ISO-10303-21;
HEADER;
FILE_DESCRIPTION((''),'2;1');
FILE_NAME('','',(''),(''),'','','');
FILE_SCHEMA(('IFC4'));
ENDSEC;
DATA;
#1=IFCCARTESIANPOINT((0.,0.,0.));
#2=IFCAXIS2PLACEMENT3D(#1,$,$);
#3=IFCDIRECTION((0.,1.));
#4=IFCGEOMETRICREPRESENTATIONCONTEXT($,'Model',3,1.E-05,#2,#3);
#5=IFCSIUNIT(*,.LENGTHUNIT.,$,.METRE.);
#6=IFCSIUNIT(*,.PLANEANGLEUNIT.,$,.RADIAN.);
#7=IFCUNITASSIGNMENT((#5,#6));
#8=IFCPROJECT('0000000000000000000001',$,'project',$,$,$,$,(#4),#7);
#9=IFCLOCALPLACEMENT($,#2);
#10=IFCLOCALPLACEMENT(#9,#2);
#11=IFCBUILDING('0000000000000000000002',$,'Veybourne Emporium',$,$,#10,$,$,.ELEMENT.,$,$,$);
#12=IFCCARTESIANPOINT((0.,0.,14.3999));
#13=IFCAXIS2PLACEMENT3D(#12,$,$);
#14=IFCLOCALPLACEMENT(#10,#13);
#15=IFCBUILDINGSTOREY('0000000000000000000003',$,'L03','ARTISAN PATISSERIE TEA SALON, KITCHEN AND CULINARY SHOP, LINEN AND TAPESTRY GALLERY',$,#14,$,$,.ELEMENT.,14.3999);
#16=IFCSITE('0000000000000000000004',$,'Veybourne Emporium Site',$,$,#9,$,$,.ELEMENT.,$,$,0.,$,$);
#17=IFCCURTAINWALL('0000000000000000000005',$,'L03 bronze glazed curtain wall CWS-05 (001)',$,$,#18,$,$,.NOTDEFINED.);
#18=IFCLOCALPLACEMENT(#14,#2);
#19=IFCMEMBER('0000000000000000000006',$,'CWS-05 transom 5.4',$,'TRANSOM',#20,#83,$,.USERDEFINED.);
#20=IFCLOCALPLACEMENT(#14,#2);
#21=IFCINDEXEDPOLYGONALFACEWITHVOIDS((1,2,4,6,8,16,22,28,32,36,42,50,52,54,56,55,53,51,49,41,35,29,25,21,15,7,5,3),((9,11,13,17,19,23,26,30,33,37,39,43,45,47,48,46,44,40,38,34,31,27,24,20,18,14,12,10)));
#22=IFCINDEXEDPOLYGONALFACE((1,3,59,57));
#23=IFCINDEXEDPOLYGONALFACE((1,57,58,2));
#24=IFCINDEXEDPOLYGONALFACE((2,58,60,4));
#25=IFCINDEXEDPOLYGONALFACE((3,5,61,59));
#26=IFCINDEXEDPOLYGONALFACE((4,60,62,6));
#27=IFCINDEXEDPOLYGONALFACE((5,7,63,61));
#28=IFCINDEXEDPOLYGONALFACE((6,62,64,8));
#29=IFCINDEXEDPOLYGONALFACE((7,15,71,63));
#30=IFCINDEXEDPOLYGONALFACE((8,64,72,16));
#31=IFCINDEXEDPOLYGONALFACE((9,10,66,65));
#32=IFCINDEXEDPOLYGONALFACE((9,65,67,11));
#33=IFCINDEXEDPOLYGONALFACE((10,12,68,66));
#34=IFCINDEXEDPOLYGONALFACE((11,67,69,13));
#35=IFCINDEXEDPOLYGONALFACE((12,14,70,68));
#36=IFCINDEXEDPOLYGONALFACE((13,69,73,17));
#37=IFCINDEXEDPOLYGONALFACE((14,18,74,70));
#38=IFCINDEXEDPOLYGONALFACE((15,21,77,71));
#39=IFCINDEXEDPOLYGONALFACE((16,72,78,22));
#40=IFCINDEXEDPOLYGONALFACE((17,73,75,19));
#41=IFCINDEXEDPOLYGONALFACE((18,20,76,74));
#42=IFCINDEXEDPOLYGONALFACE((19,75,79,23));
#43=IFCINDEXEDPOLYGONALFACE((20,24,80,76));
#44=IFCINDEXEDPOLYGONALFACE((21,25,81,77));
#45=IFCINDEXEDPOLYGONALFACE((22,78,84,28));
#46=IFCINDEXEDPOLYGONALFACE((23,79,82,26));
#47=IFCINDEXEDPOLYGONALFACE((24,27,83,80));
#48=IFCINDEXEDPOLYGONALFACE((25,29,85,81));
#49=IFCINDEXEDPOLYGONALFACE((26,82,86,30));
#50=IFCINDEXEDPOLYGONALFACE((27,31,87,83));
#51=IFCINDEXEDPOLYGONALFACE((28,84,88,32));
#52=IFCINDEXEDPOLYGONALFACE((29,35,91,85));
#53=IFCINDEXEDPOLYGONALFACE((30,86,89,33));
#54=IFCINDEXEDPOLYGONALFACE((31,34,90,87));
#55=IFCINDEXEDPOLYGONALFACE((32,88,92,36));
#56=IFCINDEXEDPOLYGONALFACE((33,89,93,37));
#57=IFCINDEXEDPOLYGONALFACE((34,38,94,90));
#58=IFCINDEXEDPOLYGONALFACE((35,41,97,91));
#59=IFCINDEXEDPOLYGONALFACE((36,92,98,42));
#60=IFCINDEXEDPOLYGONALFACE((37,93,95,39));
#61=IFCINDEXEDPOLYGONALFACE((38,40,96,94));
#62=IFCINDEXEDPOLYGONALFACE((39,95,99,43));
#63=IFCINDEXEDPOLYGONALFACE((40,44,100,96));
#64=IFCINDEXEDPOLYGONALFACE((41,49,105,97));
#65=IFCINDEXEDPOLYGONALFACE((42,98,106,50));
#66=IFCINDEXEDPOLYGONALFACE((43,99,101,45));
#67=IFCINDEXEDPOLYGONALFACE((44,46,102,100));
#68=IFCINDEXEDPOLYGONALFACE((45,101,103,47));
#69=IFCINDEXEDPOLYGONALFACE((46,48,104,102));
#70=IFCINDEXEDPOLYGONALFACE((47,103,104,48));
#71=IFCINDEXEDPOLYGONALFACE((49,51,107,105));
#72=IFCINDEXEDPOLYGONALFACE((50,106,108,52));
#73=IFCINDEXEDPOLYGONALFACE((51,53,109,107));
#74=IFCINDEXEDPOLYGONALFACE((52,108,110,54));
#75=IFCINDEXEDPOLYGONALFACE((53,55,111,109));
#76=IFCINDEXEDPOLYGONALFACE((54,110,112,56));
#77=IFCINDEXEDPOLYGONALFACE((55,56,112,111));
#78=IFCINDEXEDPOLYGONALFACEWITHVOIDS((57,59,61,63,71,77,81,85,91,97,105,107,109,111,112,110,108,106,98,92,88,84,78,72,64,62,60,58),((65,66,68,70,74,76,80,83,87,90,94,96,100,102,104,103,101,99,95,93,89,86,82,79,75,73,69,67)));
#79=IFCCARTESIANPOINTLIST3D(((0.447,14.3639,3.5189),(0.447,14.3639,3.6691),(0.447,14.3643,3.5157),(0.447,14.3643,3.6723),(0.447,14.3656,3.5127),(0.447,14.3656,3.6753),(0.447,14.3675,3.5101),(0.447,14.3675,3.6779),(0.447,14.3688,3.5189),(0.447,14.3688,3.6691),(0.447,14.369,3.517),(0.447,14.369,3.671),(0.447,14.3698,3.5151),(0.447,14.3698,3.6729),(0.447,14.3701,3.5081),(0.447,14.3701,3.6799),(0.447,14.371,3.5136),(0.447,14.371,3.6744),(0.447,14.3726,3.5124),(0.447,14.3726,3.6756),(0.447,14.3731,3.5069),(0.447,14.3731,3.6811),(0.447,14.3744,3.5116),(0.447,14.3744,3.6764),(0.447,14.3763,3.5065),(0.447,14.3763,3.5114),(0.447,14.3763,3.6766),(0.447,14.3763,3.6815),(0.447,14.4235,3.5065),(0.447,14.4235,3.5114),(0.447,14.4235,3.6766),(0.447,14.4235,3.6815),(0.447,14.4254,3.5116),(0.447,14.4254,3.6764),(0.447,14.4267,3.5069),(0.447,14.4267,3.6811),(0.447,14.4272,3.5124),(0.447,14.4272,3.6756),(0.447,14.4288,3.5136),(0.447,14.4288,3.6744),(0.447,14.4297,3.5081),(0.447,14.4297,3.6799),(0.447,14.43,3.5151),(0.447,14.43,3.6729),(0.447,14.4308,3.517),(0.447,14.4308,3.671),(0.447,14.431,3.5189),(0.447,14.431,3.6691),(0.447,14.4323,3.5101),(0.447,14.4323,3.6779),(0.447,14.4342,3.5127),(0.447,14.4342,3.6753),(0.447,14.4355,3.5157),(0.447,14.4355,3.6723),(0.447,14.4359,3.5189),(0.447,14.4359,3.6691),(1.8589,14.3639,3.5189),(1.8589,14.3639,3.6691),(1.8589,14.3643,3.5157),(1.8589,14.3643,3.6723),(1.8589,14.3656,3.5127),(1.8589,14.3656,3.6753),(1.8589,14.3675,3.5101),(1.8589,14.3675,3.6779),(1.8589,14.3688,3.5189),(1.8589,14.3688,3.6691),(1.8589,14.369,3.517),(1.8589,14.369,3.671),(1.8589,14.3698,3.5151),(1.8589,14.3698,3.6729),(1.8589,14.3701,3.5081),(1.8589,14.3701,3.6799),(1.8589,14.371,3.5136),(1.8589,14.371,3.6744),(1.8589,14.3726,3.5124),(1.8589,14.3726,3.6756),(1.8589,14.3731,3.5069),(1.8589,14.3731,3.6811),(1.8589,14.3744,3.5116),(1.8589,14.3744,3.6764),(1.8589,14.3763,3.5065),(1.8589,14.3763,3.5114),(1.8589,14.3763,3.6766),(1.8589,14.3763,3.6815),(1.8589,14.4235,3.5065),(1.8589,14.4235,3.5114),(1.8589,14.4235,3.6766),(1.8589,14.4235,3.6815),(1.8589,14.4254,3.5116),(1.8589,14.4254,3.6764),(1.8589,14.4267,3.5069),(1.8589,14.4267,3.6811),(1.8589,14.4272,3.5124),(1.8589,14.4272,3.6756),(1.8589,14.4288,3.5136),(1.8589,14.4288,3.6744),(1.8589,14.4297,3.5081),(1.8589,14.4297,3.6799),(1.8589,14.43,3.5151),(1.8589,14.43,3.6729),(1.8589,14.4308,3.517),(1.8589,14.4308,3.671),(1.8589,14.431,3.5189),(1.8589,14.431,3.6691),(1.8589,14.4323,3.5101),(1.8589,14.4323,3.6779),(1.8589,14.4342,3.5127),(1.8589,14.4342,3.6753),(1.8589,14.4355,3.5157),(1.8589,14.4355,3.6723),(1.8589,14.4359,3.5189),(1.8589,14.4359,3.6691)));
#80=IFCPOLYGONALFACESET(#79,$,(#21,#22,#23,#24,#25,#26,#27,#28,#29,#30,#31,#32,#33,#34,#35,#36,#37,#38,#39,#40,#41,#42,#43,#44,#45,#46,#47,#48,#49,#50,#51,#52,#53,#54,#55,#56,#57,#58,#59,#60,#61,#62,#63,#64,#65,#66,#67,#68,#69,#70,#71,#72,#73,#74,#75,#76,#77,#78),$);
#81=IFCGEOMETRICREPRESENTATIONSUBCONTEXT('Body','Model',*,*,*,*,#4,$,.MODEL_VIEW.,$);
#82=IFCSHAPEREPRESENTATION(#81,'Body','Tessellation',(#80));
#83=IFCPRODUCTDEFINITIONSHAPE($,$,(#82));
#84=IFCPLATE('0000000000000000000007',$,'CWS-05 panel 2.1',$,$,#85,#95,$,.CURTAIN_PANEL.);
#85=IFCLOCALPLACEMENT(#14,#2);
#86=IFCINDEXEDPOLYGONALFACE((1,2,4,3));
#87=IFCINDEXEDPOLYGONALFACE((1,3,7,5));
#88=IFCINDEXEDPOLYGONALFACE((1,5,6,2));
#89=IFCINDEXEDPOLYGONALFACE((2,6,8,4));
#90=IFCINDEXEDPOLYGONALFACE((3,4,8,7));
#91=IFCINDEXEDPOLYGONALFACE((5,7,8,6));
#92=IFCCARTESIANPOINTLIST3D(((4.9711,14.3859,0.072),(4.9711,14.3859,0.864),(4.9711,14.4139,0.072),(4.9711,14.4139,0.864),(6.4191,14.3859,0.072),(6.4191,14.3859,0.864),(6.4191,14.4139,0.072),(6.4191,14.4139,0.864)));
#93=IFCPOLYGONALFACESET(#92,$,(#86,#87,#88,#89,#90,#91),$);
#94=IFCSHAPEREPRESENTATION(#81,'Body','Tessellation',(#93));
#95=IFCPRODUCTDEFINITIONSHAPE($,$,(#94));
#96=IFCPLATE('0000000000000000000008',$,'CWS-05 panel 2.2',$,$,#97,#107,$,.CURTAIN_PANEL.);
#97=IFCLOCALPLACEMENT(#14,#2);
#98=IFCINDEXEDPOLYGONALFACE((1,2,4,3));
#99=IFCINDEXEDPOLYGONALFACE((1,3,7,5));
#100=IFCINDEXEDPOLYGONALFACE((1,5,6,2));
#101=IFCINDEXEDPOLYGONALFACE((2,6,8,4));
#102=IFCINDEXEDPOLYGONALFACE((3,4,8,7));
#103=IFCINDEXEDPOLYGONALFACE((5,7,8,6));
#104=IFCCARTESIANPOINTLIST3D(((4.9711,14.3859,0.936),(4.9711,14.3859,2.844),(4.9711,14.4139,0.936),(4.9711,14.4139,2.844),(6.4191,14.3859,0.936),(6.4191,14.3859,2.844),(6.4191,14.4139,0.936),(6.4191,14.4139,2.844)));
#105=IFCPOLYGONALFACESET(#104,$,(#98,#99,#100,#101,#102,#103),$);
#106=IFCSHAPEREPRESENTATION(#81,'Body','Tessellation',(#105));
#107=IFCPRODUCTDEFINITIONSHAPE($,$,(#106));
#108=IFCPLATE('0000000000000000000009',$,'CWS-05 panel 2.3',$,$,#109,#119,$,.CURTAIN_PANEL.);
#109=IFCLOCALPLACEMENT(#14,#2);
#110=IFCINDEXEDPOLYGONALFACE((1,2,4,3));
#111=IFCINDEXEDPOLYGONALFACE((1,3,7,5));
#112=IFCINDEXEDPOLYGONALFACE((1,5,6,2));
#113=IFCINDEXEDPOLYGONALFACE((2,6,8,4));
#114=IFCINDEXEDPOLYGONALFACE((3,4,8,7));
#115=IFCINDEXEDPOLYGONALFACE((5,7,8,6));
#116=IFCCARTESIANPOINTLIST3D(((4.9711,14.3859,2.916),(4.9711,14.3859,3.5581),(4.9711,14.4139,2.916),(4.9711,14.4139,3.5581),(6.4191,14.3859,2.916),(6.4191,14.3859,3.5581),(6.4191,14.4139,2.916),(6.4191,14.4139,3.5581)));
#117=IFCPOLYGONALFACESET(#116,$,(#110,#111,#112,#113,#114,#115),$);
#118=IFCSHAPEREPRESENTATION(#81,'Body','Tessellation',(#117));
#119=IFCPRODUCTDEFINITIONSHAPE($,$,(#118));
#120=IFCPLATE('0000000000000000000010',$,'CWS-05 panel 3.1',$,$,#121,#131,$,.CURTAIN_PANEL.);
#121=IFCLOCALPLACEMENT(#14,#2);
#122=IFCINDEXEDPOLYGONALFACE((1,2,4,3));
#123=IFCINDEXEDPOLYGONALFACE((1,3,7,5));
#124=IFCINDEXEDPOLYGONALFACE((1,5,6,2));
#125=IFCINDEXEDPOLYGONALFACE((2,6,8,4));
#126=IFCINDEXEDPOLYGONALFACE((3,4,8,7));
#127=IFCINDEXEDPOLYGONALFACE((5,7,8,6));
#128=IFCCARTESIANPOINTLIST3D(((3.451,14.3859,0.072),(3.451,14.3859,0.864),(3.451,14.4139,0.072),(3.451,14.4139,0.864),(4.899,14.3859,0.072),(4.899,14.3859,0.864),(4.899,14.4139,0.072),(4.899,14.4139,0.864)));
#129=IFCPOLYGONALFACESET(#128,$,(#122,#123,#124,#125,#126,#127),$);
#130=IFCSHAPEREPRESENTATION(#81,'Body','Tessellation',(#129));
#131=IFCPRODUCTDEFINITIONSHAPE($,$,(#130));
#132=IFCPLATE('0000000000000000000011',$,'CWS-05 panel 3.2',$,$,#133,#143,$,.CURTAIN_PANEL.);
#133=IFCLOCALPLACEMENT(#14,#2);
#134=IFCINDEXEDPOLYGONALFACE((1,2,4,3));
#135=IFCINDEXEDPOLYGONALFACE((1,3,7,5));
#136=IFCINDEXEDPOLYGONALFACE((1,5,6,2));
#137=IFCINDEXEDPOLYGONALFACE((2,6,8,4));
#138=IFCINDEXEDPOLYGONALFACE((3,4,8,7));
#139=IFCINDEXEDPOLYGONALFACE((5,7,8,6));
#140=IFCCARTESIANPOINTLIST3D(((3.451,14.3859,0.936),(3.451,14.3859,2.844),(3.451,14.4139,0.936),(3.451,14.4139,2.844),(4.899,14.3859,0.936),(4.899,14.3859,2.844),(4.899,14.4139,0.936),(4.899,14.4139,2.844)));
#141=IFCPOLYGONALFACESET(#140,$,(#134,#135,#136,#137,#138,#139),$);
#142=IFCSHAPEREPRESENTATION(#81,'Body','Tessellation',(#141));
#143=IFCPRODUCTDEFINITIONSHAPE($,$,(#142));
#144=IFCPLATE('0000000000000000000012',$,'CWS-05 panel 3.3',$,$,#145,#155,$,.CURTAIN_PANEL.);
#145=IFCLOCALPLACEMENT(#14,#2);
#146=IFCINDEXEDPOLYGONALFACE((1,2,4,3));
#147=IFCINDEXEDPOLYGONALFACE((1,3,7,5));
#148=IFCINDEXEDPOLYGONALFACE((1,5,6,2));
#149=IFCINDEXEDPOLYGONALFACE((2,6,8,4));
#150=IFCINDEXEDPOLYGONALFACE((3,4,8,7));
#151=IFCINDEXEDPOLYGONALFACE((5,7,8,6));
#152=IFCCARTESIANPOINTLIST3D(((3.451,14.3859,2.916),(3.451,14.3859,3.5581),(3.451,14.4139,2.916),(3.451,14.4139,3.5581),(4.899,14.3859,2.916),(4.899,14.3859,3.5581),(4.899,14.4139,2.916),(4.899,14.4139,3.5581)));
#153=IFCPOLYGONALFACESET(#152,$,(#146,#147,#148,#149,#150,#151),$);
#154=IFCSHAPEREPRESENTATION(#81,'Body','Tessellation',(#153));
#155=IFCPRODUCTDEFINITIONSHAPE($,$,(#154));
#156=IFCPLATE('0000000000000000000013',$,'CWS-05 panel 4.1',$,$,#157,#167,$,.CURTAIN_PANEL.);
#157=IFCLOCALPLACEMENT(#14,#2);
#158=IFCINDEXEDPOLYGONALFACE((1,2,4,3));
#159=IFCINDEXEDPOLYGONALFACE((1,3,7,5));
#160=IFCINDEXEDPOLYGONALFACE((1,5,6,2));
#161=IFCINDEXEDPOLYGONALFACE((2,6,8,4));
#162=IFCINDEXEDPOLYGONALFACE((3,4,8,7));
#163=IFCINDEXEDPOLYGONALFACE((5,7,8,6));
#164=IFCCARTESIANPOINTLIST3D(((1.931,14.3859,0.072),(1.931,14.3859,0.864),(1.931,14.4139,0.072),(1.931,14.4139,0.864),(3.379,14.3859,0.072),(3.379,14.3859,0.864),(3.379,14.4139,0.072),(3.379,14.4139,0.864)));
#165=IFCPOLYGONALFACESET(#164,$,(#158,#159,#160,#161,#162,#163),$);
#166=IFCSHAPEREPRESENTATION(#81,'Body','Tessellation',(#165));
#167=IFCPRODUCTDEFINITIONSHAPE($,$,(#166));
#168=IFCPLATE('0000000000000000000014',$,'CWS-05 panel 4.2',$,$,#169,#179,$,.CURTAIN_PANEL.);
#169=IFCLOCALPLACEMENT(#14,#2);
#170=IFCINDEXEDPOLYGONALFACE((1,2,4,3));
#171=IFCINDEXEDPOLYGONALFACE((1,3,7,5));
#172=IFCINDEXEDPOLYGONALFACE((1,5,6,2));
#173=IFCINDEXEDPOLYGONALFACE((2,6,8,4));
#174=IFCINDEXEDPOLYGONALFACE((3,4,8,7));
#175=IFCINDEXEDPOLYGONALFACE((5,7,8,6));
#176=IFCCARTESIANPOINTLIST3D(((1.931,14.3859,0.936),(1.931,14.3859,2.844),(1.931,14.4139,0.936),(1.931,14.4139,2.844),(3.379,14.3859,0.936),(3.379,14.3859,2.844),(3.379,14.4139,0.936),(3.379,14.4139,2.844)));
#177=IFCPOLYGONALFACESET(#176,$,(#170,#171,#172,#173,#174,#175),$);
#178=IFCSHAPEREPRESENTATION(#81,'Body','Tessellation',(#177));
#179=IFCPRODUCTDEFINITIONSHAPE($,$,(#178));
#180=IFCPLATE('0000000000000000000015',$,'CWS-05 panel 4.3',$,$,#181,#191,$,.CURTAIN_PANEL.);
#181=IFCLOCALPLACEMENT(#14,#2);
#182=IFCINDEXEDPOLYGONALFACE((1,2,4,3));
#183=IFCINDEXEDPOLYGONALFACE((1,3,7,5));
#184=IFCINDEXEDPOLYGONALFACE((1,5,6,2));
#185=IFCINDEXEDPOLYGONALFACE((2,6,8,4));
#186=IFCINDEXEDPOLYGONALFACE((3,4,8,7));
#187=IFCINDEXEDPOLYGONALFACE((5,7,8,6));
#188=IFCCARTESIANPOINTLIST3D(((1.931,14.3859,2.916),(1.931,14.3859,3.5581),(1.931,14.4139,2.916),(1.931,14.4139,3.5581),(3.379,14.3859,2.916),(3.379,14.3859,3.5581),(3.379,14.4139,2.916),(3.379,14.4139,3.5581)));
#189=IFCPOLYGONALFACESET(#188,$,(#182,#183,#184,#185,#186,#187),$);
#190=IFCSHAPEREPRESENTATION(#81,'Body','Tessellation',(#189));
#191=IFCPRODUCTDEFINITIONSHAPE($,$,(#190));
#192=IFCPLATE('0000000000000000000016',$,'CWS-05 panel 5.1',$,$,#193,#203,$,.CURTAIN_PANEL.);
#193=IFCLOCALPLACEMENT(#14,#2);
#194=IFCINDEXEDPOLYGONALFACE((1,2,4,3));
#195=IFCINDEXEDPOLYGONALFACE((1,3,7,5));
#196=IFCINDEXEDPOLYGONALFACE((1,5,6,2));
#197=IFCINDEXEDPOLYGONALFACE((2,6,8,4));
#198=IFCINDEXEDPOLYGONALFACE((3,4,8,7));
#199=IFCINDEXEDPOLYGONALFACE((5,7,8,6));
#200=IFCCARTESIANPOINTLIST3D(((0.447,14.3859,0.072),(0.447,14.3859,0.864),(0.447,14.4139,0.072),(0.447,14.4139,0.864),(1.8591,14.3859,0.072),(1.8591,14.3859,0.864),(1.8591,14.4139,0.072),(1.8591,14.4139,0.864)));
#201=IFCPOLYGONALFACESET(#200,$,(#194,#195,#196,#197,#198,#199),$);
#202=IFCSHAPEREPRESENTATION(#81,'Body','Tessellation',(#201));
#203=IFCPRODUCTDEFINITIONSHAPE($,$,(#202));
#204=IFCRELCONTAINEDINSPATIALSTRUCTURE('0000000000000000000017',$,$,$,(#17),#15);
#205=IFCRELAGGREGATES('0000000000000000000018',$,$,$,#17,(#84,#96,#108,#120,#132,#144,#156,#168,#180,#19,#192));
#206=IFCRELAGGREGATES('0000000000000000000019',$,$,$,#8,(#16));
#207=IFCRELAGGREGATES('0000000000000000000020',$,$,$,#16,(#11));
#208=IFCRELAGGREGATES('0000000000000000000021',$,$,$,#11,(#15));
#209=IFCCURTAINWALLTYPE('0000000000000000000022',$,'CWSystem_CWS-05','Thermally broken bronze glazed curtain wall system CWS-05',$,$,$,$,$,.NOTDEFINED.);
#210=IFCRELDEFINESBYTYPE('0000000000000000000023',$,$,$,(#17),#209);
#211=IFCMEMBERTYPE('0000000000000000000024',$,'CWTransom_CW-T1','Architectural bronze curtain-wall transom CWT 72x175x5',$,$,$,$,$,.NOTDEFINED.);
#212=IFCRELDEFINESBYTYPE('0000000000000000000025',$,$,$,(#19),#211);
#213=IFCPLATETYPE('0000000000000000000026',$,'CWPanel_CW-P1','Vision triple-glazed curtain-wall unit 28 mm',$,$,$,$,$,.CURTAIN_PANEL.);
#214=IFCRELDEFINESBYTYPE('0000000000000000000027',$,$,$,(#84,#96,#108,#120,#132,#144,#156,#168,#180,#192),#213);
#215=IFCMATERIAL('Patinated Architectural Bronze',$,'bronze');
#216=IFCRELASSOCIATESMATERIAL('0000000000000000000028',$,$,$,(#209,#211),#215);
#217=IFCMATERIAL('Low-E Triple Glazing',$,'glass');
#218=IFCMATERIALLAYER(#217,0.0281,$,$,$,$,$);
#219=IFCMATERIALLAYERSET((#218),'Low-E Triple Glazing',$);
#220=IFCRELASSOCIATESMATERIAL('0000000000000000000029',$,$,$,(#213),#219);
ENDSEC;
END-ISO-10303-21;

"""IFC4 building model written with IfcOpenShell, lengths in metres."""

from ifc_helpers import new_model, si_unit, direction, frame, origin, origin_2d, place, context, subcontext, project, spatial, rectangle, hollow_rectangle, extrude, material, layer, layer_set, material_profile, profile_set, type_object, element, aggregate, save


model = new_model("IFC4")

# Units and contexts
model_context = context("Model", 3, precision=1e-05, world=origin(), true_north=direction((0.0, 1.0)))
body_context = subcontext(model_context, "Body", "Model", "MODEL_VIEW")
ifc_project = project(units=[si_unit("LENGTHUNIT", "METRE"), si_unit("PLANEANGLEUNIT", "RADIAN")], contexts=[model_context])

# Site, building, storey
site_placement = place(None, origin())
site = spatial("IfcSite", under=ifc_project, at=site_placement, Name="Veybourne Emporium Site", CompositionType="ELEMENT", RefElevation=0.0)
building_placement = place(site_placement, origin())
building = spatial("IfcBuilding", under=site, at=building_placement, Name="Veybourne Emporium", CompositionType="ELEMENT")
storey_placement = place(building_placement, frame((0.0, 0.0, 14.3999)))
storey = spatial("IfcBuildingStorey", under=building, at=storey_placement, Name="L03", Description="ARTISAN PATISSERIE TEA SALON, KITCHEN AND CULINARY SHOP, LINEN AND TAPESTRY GALLERY", CompositionType="ELEMENT", Elevation=14.3999)

# Curtain wall, member, plates
ifc_material_1 = material(Name="Patinated Architectural Bronze", Category="bronze")
curtain_wall_type = type_object("IfcCurtainWallType", Name="CWSystem_CWS-05", Description="Thermally broken bronze glazed curtain wall system CWS-05", PredefinedType="NOTDEFINED", material=ifc_material_1)
curtain_wall_placement = place(storey_placement, origin())
curtain_wall = element("IfcCurtainWall", 1, at=curtain_wall_placement, inside=storey, type_object=curtain_wall_type, Name="L03 bronze glazed curtain wall CWS-05 (001)", PredefinedType="NOTDEFINED")
ifc_material_profile_1 = material_profile(ifc_material_1, hollow_rectangle(XDim=0.072, YDim=0.175, WallThickness=0.0049, InnerFilletRadius=0.0076, OuterFilletRadius=0.0125, at=origin_2d()), Name="CWT 72x175x5")
ifc_profile_set_1 = profile_set([ifc_material_profile_1], Name="Patinated Architectural Bronze")
member_type_1 = type_object("IfcMemberType", Name="CWTransom_CW-T1", Description="Architectural bronze curtain-wall transom CWT 72x175x5", PredefinedType="NOTDEFINED", material=ifc_profile_set_1)
member_1_placement = place(storey_placement, frame((1.8589, 14.3999, 3.594), z_axis=(-1.0, 0.0, 0.0), x_axis=(0.0, -1.0, 0.0)))
member_1 = element("IfcMember", 2, at=member_1_placement, type_object=member_type_1, Name="CWS-05 transom 5.4", ObjectType="TRANSOM", PredefinedType="USERDEFINED", context=body_context, shape_type="SweptSolid", body=[
    extrude(hollow_rectangle(XDim=0.072, YDim=0.175, WallThickness=0.0049, InnerFilletRadius=0.0076, OuterFilletRadius=0.0125, at=origin_2d()), origin(), (0.0, 0.0, 1.0), 1.4119),
])
ifc_material_2 = material(Name="Low-E Triple Glazing", Category="glass")
ifc_layer = layer(ifc_material_2, 0.0281)
ifc_layer_set = layer_set([ifc_layer], Name="Low-E Triple Glazing")
plate_type = type_object("IfcPlateType", Name="CWPanel_CW-P1", Description="Vision triple-glazed curtain-wall unit 28 mm", PredefinedType="CURTAIN_PANEL", material=ifc_layer_set)
plate_1_placement = place(storey_placement, frame((5.6951, 14.3999, 0.072), z_axis=(0.0, 0.0, 1.0), x_axis=(-1.0, 0.0, 0.0)))
plate_1 = element("IfcPlate", 3, at=plate_1_placement, type_object=plate_type, Name="CWS-05 panel 2.1", PredefinedType="CURTAIN_PANEL", context=body_context, shape_type="SweptSolid", body=[
    extrude(rectangle(XDim=1.448, YDim=0.0281, at=origin_2d()), origin(), (0.0, 0.0, 1.0), 0.792),
])
plate_2_placement = place(storey_placement, frame((5.6951, 14.3999, 0.936), z_axis=(0.0, 0.0, 1.0), x_axis=(-1.0, 0.0, 0.0)))
plate_2 = element("IfcPlate", 4, at=plate_2_placement, type_object=plate_type, Name="CWS-05 panel 2.2", PredefinedType="CURTAIN_PANEL", context=body_context, shape_type="SweptSolid", body=[
    extrude(rectangle(XDim=1.448, YDim=0.0281, at=origin_2d()), origin(), (0.0, 0.0, 1.0), 1.908),
])
plate_3_placement = place(storey_placement, frame((5.6951, 14.3999, 2.916), z_axis=(0.0, 0.0, 1.0), x_axis=(-1.0, 0.0, 0.0)))
plate_3 = element("IfcPlate", 5, at=plate_3_placement, type_object=plate_type, Name="CWS-05 panel 2.3", PredefinedType="CURTAIN_PANEL", context=body_context, shape_type="SweptSolid", body=[
    extrude(rectangle(XDim=1.448, YDim=0.0281, at=origin_2d()), origin(), (0.0, 0.0, 1.0), 0.6421),
])
plate_4_placement = place(storey_placement, frame((4.175, 14.3999, 0.072), z_axis=(0.0, 0.0, 1.0), x_axis=(-1.0, 0.0, 0.0)))
plate_4 = element("IfcPlate", 6, at=plate_4_placement, type_object=plate_type, Name="CWS-05 panel 3.1", PredefinedType="CURTAIN_PANEL", context=body_context, shape_type="SweptSolid", body=[
    extrude(rectangle(XDim=1.448, YDim=0.0281, at=origin_2d()), origin(), (0.0, 0.0, 1.0), 0.792),
])
plate_5_placement = place(storey_placement, frame((4.175, 14.3999, 0.936), z_axis=(0.0, 0.0, 1.0), x_axis=(-1.0, 0.0, 0.0)))
plate_5 = element("IfcPlate", 7, at=plate_5_placement, type_object=plate_type, Name="CWS-05 panel 3.2", PredefinedType="CURTAIN_PANEL", context=body_context, shape_type="SweptSolid", body=[
    extrude(rectangle(XDim=1.448, YDim=0.0281, at=origin_2d()), origin(), (0.0, 0.0, 1.0), 1.908),
])
plate_6_placement = place(storey_placement, frame((4.175, 14.3999, 2.916), z_axis=(0.0, 0.0, 1.0), x_axis=(-1.0, 0.0, 0.0)))
plate_6 = element("IfcPlate", 8, at=plate_6_placement, type_object=plate_type, Name="CWS-05 panel 3.3", PredefinedType="CURTAIN_PANEL", context=body_context, shape_type="SweptSolid", body=[
    extrude(rectangle(XDim=1.448, YDim=0.0281, at=origin_2d()), origin(), (0.0, 0.0, 1.0), 0.6421),
])
plate_7_placement = place(storey_placement, frame((2.655, 14.3999, 0.072), z_axis=(0.0, 0.0, 1.0), x_axis=(-1.0, 0.0, 0.0)))
plate_7 = element("IfcPlate", 9, at=plate_7_placement, type_object=plate_type, Name="CWS-05 panel 4.1", PredefinedType="CURTAIN_PANEL", context=body_context, shape_type="SweptSolid", body=[
    extrude(rectangle(XDim=1.448, YDim=0.0281, at=origin_2d()), origin(), (0.0, 0.0, 1.0), 0.792),
])
plate_8_placement = place(storey_placement, frame((2.655, 14.3999, 0.936), z_axis=(0.0, 0.0, 1.0), x_axis=(-1.0, 0.0, 0.0)))
plate_8 = element("IfcPlate", 10, at=plate_8_placement, type_object=plate_type, Name="CWS-05 panel 4.2", PredefinedType="CURTAIN_PANEL", context=body_context, shape_type="SweptSolid", body=[
    extrude(rectangle(XDim=1.448, YDim=0.0281, at=origin_2d()), origin(), (0.0, 0.0, 1.0), 1.908),
])
plate_9_placement = place(storey_placement, frame((2.655, 14.3999, 2.916), z_axis=(0.0, 0.0, 1.0), x_axis=(-1.0, 0.0, 0.0)))
plate_9 = element("IfcPlate", 11, at=plate_9_placement, type_object=plate_type, Name="CWS-05 panel 4.3", PredefinedType="CURTAIN_PANEL", context=body_context, shape_type="SweptSolid", body=[
    extrude(rectangle(XDim=1.448, YDim=0.0281, at=origin_2d()), origin(), (0.0, 0.0, 1.0), 0.6421),
])
plate_10_placement = place(storey_placement, frame((1.1531, 14.3999, 0.072), z_axis=(0.0, 0.0, 1.0), x_axis=(-1.0, 0.0, 0.0)))
plate_10 = element("IfcPlate", 12, at=plate_10_placement, type_object=plate_type, Name="CWS-05 panel 5.1", PredefinedType="CURTAIN_PANEL", context=body_context, shape_type="SweptSolid", body=[
    extrude(rectangle(XDim=1.4121, YDim=0.0281, at=origin_2d()), origin(), (0.0, 0.0, 1.0), 0.792),
])
aggregate(curtain_wall, [plate_1, plate_2, plate_3, plate_4, plate_5, plate_6, plate_7, plate_8, plate_9, member_1, plate_10])

save(model, "model.ifc")
